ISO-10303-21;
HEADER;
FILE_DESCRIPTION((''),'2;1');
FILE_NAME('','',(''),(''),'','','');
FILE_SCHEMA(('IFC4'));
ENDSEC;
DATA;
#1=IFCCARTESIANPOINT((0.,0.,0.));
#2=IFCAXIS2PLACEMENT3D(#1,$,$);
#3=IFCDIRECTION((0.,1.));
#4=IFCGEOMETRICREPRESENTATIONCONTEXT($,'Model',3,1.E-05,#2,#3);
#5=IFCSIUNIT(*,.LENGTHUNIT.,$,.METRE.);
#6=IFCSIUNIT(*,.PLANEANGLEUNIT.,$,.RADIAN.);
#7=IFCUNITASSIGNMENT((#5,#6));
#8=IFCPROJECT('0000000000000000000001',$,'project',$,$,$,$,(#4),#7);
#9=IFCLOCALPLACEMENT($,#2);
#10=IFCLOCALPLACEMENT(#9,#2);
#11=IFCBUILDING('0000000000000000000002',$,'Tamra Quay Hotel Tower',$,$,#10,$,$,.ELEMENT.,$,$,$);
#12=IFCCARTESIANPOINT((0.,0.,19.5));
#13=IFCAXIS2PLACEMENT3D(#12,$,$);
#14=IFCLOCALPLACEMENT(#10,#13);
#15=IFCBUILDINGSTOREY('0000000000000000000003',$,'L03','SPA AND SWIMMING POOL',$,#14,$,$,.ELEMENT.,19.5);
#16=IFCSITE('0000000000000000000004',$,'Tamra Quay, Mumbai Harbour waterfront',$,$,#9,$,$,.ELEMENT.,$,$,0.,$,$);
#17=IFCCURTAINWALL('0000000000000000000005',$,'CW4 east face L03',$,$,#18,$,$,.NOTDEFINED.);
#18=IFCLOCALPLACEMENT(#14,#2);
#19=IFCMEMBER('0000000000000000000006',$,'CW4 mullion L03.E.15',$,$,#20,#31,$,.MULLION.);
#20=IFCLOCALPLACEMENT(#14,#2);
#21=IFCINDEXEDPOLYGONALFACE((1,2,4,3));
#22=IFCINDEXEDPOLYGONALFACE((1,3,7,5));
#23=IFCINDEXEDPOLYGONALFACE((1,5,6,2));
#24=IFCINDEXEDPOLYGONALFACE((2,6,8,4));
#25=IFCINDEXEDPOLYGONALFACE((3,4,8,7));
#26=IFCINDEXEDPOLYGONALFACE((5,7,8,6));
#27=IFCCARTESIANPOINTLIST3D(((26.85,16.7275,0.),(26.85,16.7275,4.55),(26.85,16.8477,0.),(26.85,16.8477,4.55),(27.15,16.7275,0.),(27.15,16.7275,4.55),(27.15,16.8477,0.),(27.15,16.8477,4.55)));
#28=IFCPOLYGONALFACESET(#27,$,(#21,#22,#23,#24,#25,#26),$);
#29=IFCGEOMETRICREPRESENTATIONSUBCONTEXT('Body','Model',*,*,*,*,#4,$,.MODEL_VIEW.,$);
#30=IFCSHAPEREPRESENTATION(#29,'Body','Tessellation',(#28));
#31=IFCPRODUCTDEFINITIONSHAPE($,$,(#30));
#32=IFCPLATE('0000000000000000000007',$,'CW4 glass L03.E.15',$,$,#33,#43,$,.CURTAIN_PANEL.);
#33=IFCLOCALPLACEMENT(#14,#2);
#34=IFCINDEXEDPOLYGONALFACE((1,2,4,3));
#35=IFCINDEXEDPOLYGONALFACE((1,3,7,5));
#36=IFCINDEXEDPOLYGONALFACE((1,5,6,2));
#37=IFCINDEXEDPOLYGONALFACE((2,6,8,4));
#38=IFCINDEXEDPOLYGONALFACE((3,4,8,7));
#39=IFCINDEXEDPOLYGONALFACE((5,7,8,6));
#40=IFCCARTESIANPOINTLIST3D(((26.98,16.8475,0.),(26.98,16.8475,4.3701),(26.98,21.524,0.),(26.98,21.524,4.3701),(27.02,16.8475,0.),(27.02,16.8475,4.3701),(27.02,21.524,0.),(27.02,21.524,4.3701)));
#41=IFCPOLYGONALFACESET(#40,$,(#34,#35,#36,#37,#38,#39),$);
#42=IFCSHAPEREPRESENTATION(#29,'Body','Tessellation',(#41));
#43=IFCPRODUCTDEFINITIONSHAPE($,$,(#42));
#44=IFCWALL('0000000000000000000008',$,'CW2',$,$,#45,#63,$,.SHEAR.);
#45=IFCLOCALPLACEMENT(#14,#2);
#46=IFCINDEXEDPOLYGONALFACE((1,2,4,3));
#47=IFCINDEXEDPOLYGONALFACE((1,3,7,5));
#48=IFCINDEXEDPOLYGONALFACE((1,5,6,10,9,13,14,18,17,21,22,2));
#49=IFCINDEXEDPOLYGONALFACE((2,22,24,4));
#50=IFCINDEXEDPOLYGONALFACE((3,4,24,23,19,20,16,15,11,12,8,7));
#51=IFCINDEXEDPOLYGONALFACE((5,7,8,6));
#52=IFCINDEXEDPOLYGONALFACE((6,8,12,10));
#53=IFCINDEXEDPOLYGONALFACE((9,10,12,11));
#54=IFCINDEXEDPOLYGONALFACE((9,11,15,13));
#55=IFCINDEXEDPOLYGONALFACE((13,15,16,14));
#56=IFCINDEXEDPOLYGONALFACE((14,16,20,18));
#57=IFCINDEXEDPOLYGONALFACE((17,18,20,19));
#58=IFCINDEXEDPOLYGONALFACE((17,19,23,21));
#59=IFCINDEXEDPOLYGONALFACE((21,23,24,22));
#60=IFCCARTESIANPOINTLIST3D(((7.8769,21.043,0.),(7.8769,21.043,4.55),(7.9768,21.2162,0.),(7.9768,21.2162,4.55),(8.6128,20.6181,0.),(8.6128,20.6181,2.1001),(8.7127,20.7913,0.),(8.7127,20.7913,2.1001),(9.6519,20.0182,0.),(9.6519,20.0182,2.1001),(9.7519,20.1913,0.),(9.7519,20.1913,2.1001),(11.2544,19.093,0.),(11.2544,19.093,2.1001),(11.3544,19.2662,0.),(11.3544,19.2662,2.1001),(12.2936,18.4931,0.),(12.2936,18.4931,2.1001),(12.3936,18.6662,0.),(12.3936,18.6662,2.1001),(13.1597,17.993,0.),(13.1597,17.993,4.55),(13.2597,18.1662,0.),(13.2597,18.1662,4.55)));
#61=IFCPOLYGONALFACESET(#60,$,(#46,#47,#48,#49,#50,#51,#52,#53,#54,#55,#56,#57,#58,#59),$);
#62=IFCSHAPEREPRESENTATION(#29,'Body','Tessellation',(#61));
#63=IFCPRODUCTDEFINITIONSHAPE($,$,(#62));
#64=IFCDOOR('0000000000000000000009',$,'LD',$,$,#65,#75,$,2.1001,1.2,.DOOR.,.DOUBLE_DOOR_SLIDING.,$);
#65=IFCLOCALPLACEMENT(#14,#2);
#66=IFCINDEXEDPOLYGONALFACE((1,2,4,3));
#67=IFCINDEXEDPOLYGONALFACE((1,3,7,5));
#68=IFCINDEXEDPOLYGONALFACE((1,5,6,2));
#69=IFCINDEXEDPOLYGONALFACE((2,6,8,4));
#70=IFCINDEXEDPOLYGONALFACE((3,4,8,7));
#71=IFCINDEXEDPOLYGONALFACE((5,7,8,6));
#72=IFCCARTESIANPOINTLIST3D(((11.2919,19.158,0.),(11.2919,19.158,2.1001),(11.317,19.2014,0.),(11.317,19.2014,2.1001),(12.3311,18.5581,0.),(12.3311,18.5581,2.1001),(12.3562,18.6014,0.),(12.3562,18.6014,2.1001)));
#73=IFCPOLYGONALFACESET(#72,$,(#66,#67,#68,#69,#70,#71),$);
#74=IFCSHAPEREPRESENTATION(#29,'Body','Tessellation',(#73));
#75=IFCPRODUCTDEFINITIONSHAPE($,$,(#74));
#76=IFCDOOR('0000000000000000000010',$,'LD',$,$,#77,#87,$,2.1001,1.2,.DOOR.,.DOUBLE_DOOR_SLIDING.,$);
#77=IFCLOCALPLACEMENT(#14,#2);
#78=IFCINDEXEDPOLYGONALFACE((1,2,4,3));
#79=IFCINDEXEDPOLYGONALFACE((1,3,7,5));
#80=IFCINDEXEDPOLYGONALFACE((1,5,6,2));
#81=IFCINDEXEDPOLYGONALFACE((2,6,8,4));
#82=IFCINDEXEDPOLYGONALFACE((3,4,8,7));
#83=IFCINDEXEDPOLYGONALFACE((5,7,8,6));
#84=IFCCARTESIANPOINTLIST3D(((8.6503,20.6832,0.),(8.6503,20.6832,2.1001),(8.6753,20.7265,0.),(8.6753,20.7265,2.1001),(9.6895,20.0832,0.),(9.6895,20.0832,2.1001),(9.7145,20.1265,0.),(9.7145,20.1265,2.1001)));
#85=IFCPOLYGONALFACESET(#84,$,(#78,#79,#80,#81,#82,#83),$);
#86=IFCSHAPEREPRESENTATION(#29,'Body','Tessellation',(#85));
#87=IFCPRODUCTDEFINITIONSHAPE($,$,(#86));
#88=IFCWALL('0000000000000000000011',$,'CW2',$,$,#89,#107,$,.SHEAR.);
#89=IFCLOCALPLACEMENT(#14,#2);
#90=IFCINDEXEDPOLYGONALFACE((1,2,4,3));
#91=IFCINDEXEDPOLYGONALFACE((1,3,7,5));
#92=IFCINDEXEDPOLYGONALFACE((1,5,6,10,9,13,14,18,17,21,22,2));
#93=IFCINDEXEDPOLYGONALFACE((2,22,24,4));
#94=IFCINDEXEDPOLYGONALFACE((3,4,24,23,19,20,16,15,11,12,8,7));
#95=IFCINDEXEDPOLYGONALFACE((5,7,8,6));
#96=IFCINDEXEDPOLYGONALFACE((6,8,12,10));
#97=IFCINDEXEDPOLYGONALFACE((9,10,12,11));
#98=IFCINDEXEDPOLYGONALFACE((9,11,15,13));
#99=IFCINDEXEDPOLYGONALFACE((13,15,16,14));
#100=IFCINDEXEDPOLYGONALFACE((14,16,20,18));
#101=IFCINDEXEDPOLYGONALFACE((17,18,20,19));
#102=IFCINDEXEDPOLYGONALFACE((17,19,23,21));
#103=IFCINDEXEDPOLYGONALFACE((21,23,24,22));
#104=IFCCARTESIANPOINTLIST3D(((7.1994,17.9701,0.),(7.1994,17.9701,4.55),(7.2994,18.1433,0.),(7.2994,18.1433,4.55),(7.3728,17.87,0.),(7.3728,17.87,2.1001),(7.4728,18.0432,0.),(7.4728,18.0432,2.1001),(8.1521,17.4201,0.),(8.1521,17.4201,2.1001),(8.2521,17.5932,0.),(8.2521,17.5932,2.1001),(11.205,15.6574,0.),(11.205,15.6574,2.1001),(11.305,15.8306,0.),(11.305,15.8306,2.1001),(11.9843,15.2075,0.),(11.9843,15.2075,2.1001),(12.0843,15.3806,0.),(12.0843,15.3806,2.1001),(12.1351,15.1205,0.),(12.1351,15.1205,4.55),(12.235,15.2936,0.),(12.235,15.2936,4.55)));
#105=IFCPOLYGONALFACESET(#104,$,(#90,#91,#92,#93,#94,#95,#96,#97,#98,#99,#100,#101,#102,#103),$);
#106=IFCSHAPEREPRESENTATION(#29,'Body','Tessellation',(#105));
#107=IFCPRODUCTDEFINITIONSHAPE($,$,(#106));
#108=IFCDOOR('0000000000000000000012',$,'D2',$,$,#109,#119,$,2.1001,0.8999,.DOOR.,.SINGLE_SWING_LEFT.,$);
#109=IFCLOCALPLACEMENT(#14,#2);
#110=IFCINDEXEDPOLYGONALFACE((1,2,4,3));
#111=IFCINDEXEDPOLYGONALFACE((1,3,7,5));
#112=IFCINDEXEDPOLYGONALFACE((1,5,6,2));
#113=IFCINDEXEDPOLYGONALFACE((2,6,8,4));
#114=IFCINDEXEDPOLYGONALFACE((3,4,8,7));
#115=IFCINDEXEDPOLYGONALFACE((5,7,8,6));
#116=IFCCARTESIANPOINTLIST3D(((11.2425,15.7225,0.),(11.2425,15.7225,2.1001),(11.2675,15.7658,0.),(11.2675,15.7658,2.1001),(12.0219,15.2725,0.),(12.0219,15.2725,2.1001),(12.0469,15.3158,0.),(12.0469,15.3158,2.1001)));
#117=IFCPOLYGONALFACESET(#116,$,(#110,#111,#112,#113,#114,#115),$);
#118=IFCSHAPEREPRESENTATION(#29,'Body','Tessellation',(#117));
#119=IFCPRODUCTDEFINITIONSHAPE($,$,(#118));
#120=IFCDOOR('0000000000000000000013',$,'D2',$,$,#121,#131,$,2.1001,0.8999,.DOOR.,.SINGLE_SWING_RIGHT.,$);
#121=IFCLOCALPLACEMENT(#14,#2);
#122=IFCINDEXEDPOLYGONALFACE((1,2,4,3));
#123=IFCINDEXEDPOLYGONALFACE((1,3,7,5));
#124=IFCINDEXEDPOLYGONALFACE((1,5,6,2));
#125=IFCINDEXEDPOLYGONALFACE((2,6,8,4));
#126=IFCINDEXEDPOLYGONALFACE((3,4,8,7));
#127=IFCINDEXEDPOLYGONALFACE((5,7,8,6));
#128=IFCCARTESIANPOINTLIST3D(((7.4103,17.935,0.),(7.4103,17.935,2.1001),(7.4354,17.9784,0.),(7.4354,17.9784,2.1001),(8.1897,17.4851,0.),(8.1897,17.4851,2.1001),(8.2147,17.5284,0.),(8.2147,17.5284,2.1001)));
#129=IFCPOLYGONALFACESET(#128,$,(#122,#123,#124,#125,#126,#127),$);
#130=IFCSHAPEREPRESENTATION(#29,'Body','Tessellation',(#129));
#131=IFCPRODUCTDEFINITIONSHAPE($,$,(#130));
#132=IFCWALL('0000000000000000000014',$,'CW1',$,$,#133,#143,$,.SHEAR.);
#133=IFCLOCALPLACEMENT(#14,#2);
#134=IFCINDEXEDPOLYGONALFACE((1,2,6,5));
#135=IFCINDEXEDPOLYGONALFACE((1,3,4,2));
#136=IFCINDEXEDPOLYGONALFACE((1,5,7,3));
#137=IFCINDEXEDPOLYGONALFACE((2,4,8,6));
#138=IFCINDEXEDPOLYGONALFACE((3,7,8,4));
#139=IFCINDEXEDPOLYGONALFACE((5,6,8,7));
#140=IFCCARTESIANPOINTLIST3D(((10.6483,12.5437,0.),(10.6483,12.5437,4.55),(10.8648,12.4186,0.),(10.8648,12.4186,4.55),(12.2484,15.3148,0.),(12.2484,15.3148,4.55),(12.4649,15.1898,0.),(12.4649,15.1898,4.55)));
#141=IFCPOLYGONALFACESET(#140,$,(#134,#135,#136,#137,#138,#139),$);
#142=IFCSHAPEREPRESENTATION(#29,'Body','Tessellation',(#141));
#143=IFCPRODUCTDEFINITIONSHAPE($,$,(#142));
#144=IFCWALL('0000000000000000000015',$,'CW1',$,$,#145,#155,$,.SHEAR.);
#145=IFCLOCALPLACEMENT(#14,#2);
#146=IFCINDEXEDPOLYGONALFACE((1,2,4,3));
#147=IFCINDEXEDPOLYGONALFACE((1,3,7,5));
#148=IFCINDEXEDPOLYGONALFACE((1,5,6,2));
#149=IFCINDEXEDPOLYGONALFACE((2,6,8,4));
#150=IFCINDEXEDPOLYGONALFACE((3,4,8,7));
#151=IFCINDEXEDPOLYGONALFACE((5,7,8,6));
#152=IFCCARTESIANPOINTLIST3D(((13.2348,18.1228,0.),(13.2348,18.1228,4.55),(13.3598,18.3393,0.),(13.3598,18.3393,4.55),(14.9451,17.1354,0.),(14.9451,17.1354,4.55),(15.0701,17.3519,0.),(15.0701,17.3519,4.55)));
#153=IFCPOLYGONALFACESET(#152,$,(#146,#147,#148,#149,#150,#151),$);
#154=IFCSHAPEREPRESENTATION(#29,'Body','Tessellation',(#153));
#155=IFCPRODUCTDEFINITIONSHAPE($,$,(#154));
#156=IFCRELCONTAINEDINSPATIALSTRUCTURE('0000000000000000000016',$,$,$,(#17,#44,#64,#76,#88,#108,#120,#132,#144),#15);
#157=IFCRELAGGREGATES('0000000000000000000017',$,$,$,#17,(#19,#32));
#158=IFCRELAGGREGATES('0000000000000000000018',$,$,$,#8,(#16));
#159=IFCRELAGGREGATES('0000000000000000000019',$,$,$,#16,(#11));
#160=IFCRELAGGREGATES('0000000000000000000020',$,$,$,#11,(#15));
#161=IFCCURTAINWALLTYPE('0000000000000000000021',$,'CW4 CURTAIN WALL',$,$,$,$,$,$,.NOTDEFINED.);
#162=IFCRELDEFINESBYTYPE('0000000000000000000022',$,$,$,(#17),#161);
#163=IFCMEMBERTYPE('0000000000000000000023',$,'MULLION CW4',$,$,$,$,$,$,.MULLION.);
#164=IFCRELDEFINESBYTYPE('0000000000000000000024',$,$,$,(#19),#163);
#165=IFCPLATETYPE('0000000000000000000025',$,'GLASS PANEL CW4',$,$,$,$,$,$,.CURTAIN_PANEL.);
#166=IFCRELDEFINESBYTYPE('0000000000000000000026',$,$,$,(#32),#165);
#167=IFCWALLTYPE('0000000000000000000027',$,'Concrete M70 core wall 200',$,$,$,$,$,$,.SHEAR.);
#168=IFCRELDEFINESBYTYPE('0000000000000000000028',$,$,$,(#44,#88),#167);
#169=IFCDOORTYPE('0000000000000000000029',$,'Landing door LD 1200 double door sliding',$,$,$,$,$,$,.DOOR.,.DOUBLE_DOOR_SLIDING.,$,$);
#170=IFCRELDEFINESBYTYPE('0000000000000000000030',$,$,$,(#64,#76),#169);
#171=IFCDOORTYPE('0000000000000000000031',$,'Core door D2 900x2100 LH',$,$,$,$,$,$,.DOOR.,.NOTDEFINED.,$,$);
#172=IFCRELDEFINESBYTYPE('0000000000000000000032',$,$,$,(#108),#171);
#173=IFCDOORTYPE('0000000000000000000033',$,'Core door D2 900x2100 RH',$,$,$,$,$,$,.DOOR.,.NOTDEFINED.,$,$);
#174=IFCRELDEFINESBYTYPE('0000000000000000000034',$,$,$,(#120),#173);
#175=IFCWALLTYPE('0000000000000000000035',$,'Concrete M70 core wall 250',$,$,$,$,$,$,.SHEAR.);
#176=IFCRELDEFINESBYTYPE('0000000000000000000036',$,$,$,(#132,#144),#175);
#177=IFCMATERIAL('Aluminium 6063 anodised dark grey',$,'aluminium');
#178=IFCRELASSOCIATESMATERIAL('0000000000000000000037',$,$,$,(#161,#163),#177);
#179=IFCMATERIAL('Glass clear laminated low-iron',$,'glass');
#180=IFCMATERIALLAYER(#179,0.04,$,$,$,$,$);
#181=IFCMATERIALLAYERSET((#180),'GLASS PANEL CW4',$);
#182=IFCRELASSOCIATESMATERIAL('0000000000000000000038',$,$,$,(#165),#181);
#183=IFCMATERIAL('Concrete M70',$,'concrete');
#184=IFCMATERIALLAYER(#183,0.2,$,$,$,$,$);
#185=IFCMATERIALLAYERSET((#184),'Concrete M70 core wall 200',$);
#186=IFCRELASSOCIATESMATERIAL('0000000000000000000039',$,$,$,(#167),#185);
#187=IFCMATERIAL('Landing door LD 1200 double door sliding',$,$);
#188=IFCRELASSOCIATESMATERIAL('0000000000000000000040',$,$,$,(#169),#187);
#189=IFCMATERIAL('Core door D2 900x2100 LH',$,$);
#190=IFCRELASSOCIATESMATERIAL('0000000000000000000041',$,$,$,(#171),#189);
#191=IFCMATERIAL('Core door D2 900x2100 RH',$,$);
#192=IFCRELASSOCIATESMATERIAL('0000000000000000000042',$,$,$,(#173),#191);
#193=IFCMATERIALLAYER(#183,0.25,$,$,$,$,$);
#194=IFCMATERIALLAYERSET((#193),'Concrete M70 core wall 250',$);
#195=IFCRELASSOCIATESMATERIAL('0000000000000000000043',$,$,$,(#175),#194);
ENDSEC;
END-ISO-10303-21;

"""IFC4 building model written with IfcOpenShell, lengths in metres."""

from ifc_helpers import new_model, si_unit, direction, frame, frame_2d, origin, origin_2d, place, context, subcontext, project, spatial, rectangle, extrude, material, layer, layer_set, material_profile, profile_set, type_object, element, fill, aggregate, save


model = new_model("IFC4")

# Units and contexts
model_context = context("Model", 3, precision=1e-05, world=origin(), true_north=direction((0.0, 1.0)))
body_context = subcontext(model_context, "Body", "Model", "MODEL_VIEW")
ifc_project = project(units=[si_unit("LENGTHUNIT", "METRE"), si_unit("PLANEANGLEUNIT", "RADIAN")], contexts=[model_context])

# Site, building, storey
site_placement = place(None, origin())
site = spatial("IfcSite", under=ifc_project, at=site_placement, Name="Tamra Quay, Mumbai Harbour waterfront", CompositionType="ELEMENT", RefElevation=0.0)
building_placement = place(site_placement, origin())
building = spatial("IfcBuilding", under=site, at=building_placement, Name="Tamra Quay Hotel Tower", CompositionType="ELEMENT")
storey_placement = place(building_placement, frame((0.0, 0.0, 19.5)))
storey = spatial("IfcBuildingStorey", under=building, at=storey_placement, Name="L03", Description="SPA AND SWIMMING POOL", CompositionType="ELEMENT", Elevation=19.5)

# Curtain wall, member, plate
ifc_material_1 = material(Name="Aluminium 6063 anodised dark grey", Category="aluminium")
curtain_wall_type = type_object("IfcCurtainWallType", Name="CW4 CURTAIN WALL", PredefinedType="NOTDEFINED", material=ifc_material_1)
curtain_wall_placement = place(storey_placement, origin())
curtain_wall = element("IfcCurtainWall", 1, at=curtain_wall_placement, inside=storey, type_object=curtain_wall_type, Name="CW4 east face L03", PredefinedType="NOTDEFINED")
ifc_material_profile = material_profile(ifc_material_1, rectangle(XDim=0.3, YDim=0.1201, at=origin_2d()), Name="MULLION 120X300")
ifc_profile_set = profile_set([ifc_material_profile], Name="Aluminium 6063 anodised dark grey")
member_type = type_object("IfcMemberType", Name="MULLION CW4", PredefinedType="MULLION", material=ifc_profile_set)
member_placement = place(storey_placement, frame((27.0, 16.7876, 0.0), z_axis=(0.0, 0.0, 1.0), x_axis=(1.0, 0.0, 0.0)))
member = element("IfcMember", 2, at=member_placement, type_object=member_type, Name="CW4 mullion L03.E.15", PredefinedType="MULLION", context=body_context, shape_type="SweptSolid", body=[
    extrude(rectangle(XDim=0.3, YDim=0.1201, at=origin_2d()), origin(), (0.0, 0.0, 1.0), 4.55),
])
ifc_material_2 = material(Name="Glass clear laminated low-iron", Category="glass")
ifc_layer_1 = layer(ifc_material_2, 0.04)
ifc_layer_set_1 = layer_set([ifc_layer_1], Name="GLASS PANEL CW4")
plate_type = type_object("IfcPlateType", Name="GLASS PANEL CW4", PredefinedType="CURTAIN_PANEL", material=ifc_layer_set_1)
plate_placement = place(storey_placement, frame((27.0, 19.1858, 0.0), z_axis=(0.0, 0.0, 1.0), x_axis=(0.0, 1.0, 0.0)))
plate = element("IfcPlate", 3, at=plate_placement, type_object=plate_type, Name="CW4 glass L03.E.15", PredefinedType="CURTAIN_PANEL", context=body_context, shape_type="SweptSolid", body=[
    extrude(rectangle(XDim=4.6765, YDim=0.04, at=origin_2d()), origin(), (0.0, 0.0, 1.0), 4.3701),
])
aggregate(curtain_wall, [member, plate])

# Walls, openings, doors
ifc_material_3 = material(Name="Concrete M70", Category="concrete")
ifc_layer_2 = layer(ifc_material_3, 0.2)
ifc_layer_set_2 = layer_set([ifc_layer_2], Name="Concrete M70 core wall 200")
wall_type_1 = type_object("IfcWallType", Name="Concrete M70 core wall 200", PredefinedType="SHEAR", material=ifc_layer_set_2)
wall_1_placement = place(storey_placement, frame((13.2097, 18.0796, 0.0), z_axis=(0.0, 0.0, 1.0), x_axis=(-0.86603, 0.499992, 0.0)))
wall_1 = element("IfcWall", 4, at=wall_1_placement, inside=storey, type_object=wall_type_1, Name="CW2", PredefinedType="SHEAR", context=body_context, shape_type="SweptSolid", body=[
    extrude(rectangle(XDim=6.1001, YDim=0.2, at=frame_2d((3.05, 0.0))), origin(), (0.0, 0.0, 1.0), 4.55),
])
opening_1_placement = place(wall_1_placement, frame((1.0, 0.0, 0.0)))
opening_1 = element("IfcOpeningElement", 5, at=opening_1_placement, cuts=wall_1, PredefinedType="OPENING", context=body_context, shape_type="SweptSolid", body=[
    extrude(rectangle(XDim=1.2, YDim=2.1001, at=frame_2d((0.6001, 1.05))), frame((0.0, 0.1099, 0.0), z_axis=(0.0, -1.0, 0.0), x_axis=(1.0, 0.0, 0.0)), (0.0, 0.0, 1.0), 0.22),
])
opening_2_placement = place(wall_1_placement, frame((4.0503, 0.0, 0.0)))
opening_2 = element("IfcOpeningElement", 6, at=opening_2_placement, cuts=wall_1, PredefinedType="OPENING", context=body_context, shape_type="SweptSolid", body=[
    extrude(rectangle(XDim=1.2, YDim=2.1001, at=frame_2d((0.6001, 1.05))), frame((0.0, 0.1099, 0.0), z_axis=(0.0, -1.0, 0.0), x_axis=(1.0, 0.0, 0.0)), (0.0, 0.0, 1.0), 0.22),
])
ifc_material_4 = material(Name="Landing door LD 1200 double door sliding")
door_type_1 = type_object("IfcDoorType", Name="Landing door LD 1200 double door sliding", OperationType="DOUBLE_DOOR_SLIDING", PredefinedType="DOOR", material=ifc_material_4)
door_1_placement = place(opening_1_placement, origin())
door_1 = element("IfcDoor", 7, at=door_1_placement, inside=storey, type_object=door_type_1, Name="LD", OperationType="DOUBLE_DOOR_SLIDING", OverallHeight=2.1001, OverallWidth=1.2, PredefinedType="DOOR", context=body_context, shape_type="SweptSolid", body=[
    extrude(rectangle(XDim=1.2, YDim=2.1001, at=frame_2d((0.6001, 1.05))), frame((0.0, 0.0249, 0.0), z_axis=(0.0, -1.0, 0.0), x_axis=(1.0, 0.0, 0.0)), (0.0, 0.0, 1.0), 0.05),
])
fill(opening_1, door_1)
door_2_placement = place(opening_2_placement, origin())
door_2 = element("IfcDoor", 8, at=door_2_placement, inside=storey, type_object=door_type_1, Name="LD", OperationType="DOUBLE_DOOR_SLIDING", OverallHeight=2.1001, OverallWidth=1.2, PredefinedType="DOOR", context=body_context, shape_type="SweptSolid", body=[
    extrude(rectangle(XDim=1.2, YDim=2.1001, at=frame_2d((0.6001, 1.05))), frame((0.0, 0.0249, 0.0), z_axis=(0.0, -1.0, 0.0), x_axis=(1.0, 0.0, 0.0)), (0.0, 0.0, 1.0), 0.05),
])
fill(opening_2, door_2)
wall_2_placement = place(storey_placement, frame((12.1851, 15.207, 0.0), z_axis=(0.0, 0.0, 1.0), x_axis=(-0.86602, 0.500009, 0.0)))
wall_2 = element("IfcWall", 9, at=wall_2_placement, inside=storey, type_object=wall_type_1, Name="CW2", PredefinedType="SHEAR", context=body_context, shape_type="SweptSolid", body=[
    extrude(rectangle(XDim=5.6992, YDim=0.2, at=frame_2d((2.8496, 0.0))), origin(), (0.0, 0.0, 1.0), 4.55),
])
opening_3_placement = place(wall_2_placement, frame((0.1741, 0.0, 0.0)))
opening_3 = element("IfcOpeningElement", 10, at=opening_3_placement, cuts=wall_2, PredefinedType="OPENING", context=body_context, shape_type="SweptSolid", body=[
    extrude(rectangle(XDim=0.8999, YDim=2.1001, at=frame_2d((0.45, 1.05))), frame((0.0, 0.1099, 0.0), z_axis=(0.0, -1.0, 0.0), x_axis=(1.0, 0.0, 0.0)), (0.0, 0.0, 1.0), 0.22),
])
opening_4_placement = place(wall_2_placement, frame((4.5991, 0.0, 0.0)))
opening_4 = element("IfcOpeningElement", 11, at=opening_4_placement, cuts=wall_2, PredefinedType="OPENING", context=body_context, shape_type="SweptSolid", body=[
    extrude(rectangle(XDim=0.8999, YDim=2.1001, at=frame_2d((0.45, 1.05))), frame((0.0, 0.1099, 0.0), z_axis=(0.0, -1.0, 0.0), x_axis=(1.0, 0.0, 0.0)), (0.0, 0.0, 1.0), 0.22),
])
ifc_material_5 = material(Name="Core door D2 900x2100 LH")
door_type_2 = type_object("IfcDoorType", Name="Core door D2 900x2100 LH", OperationType="NOTDEFINED", PredefinedType="DOOR", material=ifc_material_5)
door_3_placement = place(opening_3_placement, origin())
door_3 = element("IfcDoor", 12, at=door_3_placement, inside=storey, type_object=door_type_2, Name="D2", OperationType="SINGLE_SWING_LEFT", OverallHeight=2.1001, OverallWidth=0.8999, PredefinedType="DOOR", context=body_context, shape_type="SweptSolid", body=[
    extrude(rectangle(XDim=0.8999, YDim=2.1001, at=frame_2d((0.45, 1.05))), frame((0.0, 0.0249, 0.0), z_axis=(0.0, -1.0, 0.0), x_axis=(1.0, 0.0, 0.0)), (0.0, 0.0, 1.0), 0.05),
])
fill(opening_3, door_3)
ifc_material_6 = material(Name="Core door D2 900x2100 RH")
door_type_3 = type_object("IfcDoorType", Name="Core door D2 900x2100 RH", OperationType="NOTDEFINED", PredefinedType="DOOR", material=ifc_material_6)
door_4_placement = place(opening_4_placement, origin())
door_4 = element("IfcDoor", 13, at=door_4_placement, inside=storey, type_object=door_type_3, Name="D2", OperationType="SINGLE_SWING_RIGHT", OverallHeight=2.1001, OverallWidth=0.8999, PredefinedType="DOOR", context=body_context, shape_type="SweptSolid", body=[
    extrude(rectangle(XDim=0.8999, YDim=2.1001, at=frame_2d((0.45, 1.05))), frame((0.0, 0.0249, 0.0), z_axis=(0.0, -1.0, 0.0), x_axis=(1.0, 0.0, 0.0)), (0.0, 0.0, 1.0), 0.05),
])
fill(opening_4, door_4)

# Walls
ifc_layer_3 = layer(ifc_material_3, 0.25)
ifc_layer_set_3 = layer_set([ifc_layer_3], Name="Concrete M70 core wall 250")
wall_type_2 = type_object("IfcWallType", Name="Concrete M70 core wall 250", PredefinedType="SHEAR", material=ifc_layer_set_3)
wall_3_placement = place(storey_placement, frame((12.3567, 15.2524, 0.0), z_axis=(0.0, 0.0, 1.0), x_axis=(-0.500028, -0.866009, 0.0)))
element("IfcWall", 14, at=wall_3_placement, inside=storey, type_object=wall_type_2, Name="CW1", PredefinedType="SHEAR", context=body_context, shape_type="SweptSolid", body=[
    extrude(rectangle(XDim=3.2, YDim=0.25, at=frame_2d((1.6001, 0.0))), origin(), (0.0, 0.0, 1.0), 4.55),
])
wall_4_placement = place(storey_placement, frame((13.2974, 18.231, 0.0), z_axis=(0.0, 0.0, 1.0), x_axis=(0.866044, -0.499969, 0.0)))
element("IfcWall", 15, at=wall_4_placement, inside=storey, type_object=wall_type_2, Name="CW1", PredefinedType="SHEAR", context=body_context, shape_type="SweptSolid", body=[
    extrude(rectangle(XDim=1.9749, YDim=0.25, at=frame_2d((0.9873, 0.0))), origin(), (0.0, 0.0, 1.0), 4.55),
])

save(model, "model.ifc")
